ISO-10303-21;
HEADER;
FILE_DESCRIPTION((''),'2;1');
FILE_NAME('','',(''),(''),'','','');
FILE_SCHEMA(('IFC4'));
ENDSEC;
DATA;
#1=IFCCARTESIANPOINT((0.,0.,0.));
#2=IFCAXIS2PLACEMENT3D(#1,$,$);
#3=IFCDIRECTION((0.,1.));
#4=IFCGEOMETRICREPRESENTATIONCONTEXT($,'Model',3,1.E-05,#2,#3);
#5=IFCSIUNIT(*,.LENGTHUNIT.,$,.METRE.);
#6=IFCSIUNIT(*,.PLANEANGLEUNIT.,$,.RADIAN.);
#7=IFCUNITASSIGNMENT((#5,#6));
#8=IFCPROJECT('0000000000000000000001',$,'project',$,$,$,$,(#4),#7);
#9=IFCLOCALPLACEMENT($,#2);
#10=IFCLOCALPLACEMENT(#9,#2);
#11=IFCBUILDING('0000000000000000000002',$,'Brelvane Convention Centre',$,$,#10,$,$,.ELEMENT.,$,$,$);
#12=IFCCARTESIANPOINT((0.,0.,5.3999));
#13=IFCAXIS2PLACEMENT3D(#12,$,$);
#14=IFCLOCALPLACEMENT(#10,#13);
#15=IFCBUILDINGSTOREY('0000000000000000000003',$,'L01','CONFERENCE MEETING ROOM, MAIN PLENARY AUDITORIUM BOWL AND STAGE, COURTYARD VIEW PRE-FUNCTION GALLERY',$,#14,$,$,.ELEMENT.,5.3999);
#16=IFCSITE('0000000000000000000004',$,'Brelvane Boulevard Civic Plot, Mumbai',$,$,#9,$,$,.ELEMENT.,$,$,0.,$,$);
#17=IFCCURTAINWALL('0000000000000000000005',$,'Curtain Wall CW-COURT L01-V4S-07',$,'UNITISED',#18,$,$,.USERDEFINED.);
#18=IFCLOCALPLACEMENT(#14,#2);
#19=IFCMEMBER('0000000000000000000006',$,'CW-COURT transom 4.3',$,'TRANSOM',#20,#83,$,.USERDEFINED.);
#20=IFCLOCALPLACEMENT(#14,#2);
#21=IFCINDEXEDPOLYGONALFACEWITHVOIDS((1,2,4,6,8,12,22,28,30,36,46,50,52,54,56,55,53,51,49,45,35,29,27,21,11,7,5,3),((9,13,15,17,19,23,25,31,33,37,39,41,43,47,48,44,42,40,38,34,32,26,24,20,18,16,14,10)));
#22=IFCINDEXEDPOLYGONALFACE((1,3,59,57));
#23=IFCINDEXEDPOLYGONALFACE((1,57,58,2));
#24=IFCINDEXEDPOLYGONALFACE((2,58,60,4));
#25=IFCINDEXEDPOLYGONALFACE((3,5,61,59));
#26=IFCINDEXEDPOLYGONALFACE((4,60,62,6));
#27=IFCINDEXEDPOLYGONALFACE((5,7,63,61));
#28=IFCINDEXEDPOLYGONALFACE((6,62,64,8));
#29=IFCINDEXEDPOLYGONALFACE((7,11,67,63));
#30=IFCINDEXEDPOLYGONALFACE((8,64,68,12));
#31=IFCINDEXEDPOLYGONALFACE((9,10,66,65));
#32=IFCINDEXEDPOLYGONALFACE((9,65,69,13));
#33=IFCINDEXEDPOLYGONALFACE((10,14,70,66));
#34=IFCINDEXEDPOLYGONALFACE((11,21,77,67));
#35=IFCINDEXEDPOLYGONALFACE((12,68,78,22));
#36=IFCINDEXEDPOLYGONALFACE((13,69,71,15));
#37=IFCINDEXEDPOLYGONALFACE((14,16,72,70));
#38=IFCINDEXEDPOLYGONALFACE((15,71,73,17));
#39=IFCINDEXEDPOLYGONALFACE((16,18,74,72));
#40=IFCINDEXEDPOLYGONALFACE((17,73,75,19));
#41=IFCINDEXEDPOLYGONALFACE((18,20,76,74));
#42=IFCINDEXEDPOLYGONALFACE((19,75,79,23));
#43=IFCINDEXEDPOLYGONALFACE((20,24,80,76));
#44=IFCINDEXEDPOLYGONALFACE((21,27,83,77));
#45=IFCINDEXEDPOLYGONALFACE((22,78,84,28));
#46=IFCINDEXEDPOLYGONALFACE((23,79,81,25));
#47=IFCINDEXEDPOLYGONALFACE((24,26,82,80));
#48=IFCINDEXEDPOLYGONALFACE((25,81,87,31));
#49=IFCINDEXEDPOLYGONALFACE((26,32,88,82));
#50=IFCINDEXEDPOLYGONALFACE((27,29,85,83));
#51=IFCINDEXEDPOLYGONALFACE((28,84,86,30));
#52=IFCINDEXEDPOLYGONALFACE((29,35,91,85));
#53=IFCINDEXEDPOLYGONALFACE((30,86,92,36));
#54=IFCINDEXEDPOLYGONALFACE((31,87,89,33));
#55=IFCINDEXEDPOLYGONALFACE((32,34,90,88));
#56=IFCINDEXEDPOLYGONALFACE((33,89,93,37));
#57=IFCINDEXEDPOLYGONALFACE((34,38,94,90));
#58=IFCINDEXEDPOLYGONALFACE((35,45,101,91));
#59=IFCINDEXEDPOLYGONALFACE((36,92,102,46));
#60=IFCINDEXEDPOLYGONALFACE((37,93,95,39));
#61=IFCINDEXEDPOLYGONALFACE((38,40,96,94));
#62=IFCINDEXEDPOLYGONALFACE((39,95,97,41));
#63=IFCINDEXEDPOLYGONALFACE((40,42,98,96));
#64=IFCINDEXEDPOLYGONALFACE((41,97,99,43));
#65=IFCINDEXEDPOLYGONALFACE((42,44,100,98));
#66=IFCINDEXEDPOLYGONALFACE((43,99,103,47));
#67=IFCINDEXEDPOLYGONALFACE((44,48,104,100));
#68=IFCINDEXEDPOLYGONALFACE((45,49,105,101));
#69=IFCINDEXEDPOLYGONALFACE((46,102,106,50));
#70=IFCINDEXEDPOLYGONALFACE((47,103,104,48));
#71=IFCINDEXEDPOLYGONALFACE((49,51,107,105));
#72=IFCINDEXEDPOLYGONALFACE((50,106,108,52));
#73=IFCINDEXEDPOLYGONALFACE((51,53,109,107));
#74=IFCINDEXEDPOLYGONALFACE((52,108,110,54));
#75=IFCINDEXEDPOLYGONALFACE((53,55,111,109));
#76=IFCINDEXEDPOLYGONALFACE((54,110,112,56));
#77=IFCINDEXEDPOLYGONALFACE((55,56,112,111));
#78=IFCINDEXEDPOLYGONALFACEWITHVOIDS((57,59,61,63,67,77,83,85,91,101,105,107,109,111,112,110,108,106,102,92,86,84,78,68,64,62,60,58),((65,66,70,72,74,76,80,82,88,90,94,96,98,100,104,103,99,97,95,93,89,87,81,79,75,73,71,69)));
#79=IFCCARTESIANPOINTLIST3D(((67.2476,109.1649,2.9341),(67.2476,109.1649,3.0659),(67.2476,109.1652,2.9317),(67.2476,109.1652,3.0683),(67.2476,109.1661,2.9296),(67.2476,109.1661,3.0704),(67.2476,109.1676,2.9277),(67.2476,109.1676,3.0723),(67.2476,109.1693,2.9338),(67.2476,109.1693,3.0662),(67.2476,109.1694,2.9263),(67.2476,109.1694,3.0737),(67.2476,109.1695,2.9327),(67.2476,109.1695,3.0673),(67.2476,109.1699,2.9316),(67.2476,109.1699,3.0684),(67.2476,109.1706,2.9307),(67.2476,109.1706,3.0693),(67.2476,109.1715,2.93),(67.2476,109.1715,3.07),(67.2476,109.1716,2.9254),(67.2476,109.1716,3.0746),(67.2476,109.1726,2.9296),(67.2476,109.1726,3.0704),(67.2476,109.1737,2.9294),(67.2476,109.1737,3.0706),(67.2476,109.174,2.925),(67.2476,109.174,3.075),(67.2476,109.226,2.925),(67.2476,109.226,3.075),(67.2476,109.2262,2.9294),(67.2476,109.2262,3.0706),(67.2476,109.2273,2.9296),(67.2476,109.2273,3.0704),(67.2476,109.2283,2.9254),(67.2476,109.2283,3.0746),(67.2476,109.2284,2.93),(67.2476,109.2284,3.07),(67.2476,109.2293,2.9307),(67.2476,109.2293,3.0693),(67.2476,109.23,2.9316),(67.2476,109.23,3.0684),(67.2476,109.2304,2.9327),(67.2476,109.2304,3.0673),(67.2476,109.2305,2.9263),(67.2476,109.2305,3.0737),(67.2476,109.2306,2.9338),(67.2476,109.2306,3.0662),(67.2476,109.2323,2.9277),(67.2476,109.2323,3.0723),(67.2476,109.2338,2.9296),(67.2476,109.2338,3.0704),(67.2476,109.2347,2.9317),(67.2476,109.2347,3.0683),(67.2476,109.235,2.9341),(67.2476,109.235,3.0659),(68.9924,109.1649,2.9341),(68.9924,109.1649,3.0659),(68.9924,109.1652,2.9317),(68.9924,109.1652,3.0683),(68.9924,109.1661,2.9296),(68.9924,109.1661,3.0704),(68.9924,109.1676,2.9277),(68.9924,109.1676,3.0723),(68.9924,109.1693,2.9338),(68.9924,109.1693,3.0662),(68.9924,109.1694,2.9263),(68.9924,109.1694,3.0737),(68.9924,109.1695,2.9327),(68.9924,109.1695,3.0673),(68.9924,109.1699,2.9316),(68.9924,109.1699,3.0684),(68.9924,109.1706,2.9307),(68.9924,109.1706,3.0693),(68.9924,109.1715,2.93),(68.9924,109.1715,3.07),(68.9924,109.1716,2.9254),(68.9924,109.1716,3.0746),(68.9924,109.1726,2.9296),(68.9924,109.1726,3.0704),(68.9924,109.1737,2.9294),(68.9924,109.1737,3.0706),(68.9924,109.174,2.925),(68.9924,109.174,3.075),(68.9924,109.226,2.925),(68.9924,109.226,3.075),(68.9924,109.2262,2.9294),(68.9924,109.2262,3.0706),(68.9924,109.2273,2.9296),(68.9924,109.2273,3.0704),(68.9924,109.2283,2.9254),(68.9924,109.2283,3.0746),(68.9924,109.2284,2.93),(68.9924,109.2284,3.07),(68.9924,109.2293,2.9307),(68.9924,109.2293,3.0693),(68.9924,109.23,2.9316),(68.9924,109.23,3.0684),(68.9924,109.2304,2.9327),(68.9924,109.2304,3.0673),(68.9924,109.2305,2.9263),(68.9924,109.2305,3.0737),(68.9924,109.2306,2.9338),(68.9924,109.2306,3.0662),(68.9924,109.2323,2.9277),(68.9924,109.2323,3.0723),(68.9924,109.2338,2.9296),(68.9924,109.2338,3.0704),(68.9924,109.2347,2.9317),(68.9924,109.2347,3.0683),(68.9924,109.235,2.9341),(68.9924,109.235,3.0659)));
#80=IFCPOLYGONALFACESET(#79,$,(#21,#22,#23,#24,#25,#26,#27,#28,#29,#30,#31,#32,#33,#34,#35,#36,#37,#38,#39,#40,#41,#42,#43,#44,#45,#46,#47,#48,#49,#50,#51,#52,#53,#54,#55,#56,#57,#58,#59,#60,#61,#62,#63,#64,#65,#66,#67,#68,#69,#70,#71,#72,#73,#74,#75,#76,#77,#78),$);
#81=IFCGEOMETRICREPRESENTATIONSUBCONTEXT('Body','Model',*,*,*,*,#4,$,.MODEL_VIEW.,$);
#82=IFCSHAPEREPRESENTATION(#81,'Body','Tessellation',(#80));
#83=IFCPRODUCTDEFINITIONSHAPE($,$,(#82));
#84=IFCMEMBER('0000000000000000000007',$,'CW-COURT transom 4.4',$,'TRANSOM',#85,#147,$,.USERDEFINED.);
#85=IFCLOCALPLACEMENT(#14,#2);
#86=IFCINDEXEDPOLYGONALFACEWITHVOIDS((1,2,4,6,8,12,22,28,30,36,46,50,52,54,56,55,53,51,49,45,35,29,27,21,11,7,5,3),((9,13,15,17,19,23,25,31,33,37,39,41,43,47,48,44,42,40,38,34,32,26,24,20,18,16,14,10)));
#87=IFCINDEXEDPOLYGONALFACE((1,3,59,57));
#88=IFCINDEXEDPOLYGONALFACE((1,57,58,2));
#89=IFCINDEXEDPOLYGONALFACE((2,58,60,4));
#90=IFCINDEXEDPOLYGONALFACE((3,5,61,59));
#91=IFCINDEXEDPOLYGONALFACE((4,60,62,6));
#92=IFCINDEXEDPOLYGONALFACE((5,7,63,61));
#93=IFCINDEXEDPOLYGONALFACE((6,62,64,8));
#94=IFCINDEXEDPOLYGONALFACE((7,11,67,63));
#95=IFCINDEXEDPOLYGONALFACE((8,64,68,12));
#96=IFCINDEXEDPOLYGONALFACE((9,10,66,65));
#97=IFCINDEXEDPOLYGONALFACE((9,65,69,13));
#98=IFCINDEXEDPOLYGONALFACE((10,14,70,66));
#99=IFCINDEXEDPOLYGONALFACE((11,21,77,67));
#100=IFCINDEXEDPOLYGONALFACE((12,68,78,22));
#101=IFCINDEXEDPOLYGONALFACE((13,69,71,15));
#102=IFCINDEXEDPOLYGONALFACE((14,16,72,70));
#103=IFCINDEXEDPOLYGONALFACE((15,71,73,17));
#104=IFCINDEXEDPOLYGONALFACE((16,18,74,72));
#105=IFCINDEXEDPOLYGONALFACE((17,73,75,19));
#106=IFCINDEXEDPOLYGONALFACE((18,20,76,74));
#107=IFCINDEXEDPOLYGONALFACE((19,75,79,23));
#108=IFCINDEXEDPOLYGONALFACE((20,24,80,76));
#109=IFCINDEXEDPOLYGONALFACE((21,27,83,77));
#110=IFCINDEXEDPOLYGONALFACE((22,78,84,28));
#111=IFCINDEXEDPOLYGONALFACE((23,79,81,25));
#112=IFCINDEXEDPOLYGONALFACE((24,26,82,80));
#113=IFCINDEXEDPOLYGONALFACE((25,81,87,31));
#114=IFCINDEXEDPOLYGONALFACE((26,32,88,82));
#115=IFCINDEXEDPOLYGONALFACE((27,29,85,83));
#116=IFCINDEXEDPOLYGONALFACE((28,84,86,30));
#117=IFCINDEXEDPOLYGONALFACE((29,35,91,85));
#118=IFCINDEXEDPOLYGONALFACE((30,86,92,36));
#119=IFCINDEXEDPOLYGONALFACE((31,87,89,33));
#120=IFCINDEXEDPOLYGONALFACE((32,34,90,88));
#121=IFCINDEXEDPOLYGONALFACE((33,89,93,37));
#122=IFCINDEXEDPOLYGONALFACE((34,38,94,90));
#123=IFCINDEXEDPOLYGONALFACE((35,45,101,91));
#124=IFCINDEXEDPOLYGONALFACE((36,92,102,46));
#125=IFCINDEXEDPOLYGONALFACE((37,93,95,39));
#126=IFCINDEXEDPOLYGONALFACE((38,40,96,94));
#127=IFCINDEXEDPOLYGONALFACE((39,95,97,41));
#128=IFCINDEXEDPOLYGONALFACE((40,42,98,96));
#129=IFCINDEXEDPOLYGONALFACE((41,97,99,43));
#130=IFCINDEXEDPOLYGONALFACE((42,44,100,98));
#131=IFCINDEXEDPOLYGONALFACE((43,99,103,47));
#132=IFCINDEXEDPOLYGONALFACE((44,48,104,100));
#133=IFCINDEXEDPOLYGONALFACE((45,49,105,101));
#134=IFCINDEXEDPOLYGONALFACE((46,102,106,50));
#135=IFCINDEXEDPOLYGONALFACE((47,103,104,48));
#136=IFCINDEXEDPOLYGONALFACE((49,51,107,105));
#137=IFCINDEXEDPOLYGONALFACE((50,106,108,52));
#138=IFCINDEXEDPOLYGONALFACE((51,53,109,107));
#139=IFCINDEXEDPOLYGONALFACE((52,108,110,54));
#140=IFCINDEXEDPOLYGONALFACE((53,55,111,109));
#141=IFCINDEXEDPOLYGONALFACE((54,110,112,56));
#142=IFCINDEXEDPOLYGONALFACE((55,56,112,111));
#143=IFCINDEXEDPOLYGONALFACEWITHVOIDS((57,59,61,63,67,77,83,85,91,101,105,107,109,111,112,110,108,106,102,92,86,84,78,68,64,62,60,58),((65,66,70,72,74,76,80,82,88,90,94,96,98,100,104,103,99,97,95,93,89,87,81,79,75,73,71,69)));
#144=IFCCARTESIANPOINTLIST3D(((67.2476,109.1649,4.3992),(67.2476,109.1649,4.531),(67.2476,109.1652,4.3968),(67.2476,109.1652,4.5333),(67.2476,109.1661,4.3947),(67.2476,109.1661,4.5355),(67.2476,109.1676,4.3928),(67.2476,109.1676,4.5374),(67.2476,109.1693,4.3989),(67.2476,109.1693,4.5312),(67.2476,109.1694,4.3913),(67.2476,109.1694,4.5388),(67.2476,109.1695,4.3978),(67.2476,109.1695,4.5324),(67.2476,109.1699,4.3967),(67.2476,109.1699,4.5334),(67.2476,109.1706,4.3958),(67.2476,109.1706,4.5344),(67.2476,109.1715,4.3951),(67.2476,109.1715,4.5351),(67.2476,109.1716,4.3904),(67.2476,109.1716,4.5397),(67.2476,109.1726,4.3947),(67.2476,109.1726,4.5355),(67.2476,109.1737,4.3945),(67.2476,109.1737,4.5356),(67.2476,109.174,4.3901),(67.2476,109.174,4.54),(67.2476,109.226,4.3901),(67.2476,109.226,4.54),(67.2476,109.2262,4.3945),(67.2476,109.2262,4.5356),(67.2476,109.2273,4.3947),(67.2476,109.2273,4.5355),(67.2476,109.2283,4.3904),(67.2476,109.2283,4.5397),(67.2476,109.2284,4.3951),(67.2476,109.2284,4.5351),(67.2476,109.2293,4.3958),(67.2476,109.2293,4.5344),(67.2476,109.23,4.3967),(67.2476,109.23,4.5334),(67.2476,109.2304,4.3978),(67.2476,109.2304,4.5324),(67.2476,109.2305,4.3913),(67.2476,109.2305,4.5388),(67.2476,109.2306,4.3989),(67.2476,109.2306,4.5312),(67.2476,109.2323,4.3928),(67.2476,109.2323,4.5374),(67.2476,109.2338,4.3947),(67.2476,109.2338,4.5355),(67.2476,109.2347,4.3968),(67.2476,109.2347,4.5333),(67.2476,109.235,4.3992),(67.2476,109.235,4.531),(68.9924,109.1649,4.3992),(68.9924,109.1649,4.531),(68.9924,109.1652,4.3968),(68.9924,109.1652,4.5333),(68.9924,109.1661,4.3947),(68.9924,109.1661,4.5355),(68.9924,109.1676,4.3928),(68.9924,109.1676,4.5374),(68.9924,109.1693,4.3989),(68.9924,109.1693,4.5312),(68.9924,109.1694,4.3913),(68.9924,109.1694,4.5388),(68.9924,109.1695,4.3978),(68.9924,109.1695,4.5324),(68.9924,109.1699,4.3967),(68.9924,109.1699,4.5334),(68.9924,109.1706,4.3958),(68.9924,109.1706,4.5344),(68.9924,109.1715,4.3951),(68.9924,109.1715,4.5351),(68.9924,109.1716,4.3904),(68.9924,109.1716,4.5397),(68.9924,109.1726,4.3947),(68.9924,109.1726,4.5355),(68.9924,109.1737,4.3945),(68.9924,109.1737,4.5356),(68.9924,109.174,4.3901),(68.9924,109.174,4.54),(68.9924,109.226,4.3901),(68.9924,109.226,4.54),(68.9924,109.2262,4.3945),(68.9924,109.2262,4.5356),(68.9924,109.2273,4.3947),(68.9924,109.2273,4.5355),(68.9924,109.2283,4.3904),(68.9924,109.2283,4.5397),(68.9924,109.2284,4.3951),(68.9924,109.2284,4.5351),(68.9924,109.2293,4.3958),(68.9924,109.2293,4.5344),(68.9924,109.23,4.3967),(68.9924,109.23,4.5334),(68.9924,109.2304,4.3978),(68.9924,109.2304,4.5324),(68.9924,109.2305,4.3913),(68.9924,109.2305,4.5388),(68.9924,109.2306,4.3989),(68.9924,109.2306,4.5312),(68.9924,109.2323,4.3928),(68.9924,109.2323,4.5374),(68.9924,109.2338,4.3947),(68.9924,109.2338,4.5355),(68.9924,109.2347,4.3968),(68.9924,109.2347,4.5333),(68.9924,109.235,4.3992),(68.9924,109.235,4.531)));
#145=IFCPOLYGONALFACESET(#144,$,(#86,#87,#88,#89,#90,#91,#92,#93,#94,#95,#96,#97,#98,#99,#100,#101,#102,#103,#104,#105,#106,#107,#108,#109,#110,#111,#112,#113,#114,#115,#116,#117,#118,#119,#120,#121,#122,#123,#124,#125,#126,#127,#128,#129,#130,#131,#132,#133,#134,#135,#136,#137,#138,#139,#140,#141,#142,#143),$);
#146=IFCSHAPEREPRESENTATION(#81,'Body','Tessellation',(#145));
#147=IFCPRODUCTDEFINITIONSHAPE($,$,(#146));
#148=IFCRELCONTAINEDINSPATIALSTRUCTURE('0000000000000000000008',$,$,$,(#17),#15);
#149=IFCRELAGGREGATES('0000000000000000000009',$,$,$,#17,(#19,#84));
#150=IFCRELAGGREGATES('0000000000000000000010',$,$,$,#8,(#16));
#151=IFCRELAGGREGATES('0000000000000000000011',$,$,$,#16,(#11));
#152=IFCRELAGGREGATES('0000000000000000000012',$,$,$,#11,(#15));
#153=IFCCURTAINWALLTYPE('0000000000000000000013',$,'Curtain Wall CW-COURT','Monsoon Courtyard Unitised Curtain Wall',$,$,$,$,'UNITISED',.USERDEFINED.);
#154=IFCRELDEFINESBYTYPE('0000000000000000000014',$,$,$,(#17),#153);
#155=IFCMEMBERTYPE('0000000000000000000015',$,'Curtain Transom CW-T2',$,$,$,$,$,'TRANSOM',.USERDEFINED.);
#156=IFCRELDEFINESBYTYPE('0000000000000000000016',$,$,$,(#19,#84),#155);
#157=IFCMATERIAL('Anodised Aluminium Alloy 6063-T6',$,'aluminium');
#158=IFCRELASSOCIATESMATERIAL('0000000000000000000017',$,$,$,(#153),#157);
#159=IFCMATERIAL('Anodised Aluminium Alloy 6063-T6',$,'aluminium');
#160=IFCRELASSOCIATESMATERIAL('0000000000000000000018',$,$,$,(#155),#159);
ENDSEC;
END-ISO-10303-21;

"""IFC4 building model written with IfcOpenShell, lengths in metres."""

from ifc_helpers import new_model, si_unit, direction, frame, origin, origin_2d, place, context, subcontext, project, spatial, hollow_rectangle, extrude, material, material_profile, profile_set, type_object, element, aggregate, save


model = new_model("IFC4")

# Units and contexts
model_context = context("Model", 3, precision=1e-05, world=origin(), true_north=direction((0.0, 1.0)))
body_context = subcontext(model_context, "Body", "Model", "MODEL_VIEW")
ifc_project = project(units=[si_unit("LENGTHUNIT", "METRE"), si_unit("PLANEANGLEUNIT", "RADIAN")], contexts=[model_context])

# Site, building, storey
site_placement = place(None, origin())
site = spatial("IfcSite", under=ifc_project, at=site_placement, Name="Brelvane Boulevard Civic Plot, Mumbai", CompositionType="ELEMENT", RefElevation=0.0)
building_placement = place(site_placement, origin())
building = spatial("IfcBuilding", under=site, at=building_placement, Name="Brelvane Convention Centre", CompositionType="ELEMENT")
storey_placement = place(building_placement, frame((0.0, 0.0, 5.3999)))
storey = spatial("IfcBuildingStorey", under=building, at=storey_placement, Name="L01", Description="CONFERENCE MEETING ROOM, MAIN PLENARY AUDITORIUM BOWL AND STAGE, COURTYARD VIEW PRE-FUNCTION GALLERY", CompositionType="ELEMENT", Elevation=5.3999)

# Curtain wall, members
ifc_material_1 = material(Name="Anodised Aluminium Alloy 6063-T6", Category="aluminium")
curtain_wall_type = type_object("IfcCurtainWallType", Name="Curtain Wall CW-COURT", Description="Monsoon Courtyard Unitised Curtain Wall", ElementType="UNITISED", PredefinedType="USERDEFINED", material=ifc_material_1)
curtain_wall_placement = place(storey_placement, origin())
curtain_wall = element("IfcCurtainWall", 1, at=curtain_wall_placement, inside=storey, type_object=curtain_wall_type, Name="Curtain Wall CW-COURT L01-V4S-07", ObjectType="UNITISED", PredefinedType="USERDEFINED")
ifc_material_2 = material(Name="Anodised Aluminium Alloy 6063-T6", Category="aluminium")
ifc_material_profile_1 = material_profile(ifc_material_2, hollow_rectangle(XDim=0.0701, YDim=0.1499, WallThickness=0.0044, InnerFilletRadius=0.0044, OuterFilletRadius=0.009, at=origin_2d()), Name="ALU-T 150x70x4.5")
ifc_profile_set_1 = profile_set([ifc_material_profile_1], Name="Anodised Aluminium Alloy 6063-T6")
member_type_1 = type_object("IfcMemberType", Name="Curtain Transom CW-T2", ElementType="TRANSOM", PredefinedType="USERDEFINED", material=ifc_profile_set_1)
member_1_placement = place(storey_placement, frame((67.2476, 109.2, 3.0), z_axis=(1.0, 0.0, 0.0), x_axis=(0.0, 1.0, 0.0)))
member_1 = element("IfcMember", 2, at=member_1_placement, type_object=member_type_1, Name="CW-COURT transom 4.3", ObjectType="TRANSOM", PredefinedType="USERDEFINED", context=body_context, shape_type="SweptSolid", body=[
    extrude(hollow_rectangle(XDim=0.0701, YDim=0.1499, WallThickness=0.0044, InnerFilletRadius=0.0044, OuterFilletRadius=0.009, at=origin_2d()), origin(), (0.0, 0.0, 1.0), 1.7449),
])
member_2_placement = place(storey_placement, frame((67.2476, 109.2, 4.4651), z_axis=(1.0, 0.0, 0.0), x_axis=(0.0, 1.0, 0.0)))
member_2 = element("IfcMember", 3, at=member_2_placement, type_object=member_type_1, Name="CW-COURT transom 4.4", ObjectType="TRANSOM", PredefinedType="USERDEFINED", context=body_context, shape_type="SweptSolid", body=[
    extrude(hollow_rectangle(XDim=0.0701, YDim=0.1499, WallThickness=0.0044, InnerFilletRadius=0.0044, OuterFilletRadius=0.009, at=origin_2d()), origin(), (0.0, 0.0, 1.0), 1.7449),
])

aggregate(curtain_wall, [member_1, member_2])

save(model, "model.ifc")
